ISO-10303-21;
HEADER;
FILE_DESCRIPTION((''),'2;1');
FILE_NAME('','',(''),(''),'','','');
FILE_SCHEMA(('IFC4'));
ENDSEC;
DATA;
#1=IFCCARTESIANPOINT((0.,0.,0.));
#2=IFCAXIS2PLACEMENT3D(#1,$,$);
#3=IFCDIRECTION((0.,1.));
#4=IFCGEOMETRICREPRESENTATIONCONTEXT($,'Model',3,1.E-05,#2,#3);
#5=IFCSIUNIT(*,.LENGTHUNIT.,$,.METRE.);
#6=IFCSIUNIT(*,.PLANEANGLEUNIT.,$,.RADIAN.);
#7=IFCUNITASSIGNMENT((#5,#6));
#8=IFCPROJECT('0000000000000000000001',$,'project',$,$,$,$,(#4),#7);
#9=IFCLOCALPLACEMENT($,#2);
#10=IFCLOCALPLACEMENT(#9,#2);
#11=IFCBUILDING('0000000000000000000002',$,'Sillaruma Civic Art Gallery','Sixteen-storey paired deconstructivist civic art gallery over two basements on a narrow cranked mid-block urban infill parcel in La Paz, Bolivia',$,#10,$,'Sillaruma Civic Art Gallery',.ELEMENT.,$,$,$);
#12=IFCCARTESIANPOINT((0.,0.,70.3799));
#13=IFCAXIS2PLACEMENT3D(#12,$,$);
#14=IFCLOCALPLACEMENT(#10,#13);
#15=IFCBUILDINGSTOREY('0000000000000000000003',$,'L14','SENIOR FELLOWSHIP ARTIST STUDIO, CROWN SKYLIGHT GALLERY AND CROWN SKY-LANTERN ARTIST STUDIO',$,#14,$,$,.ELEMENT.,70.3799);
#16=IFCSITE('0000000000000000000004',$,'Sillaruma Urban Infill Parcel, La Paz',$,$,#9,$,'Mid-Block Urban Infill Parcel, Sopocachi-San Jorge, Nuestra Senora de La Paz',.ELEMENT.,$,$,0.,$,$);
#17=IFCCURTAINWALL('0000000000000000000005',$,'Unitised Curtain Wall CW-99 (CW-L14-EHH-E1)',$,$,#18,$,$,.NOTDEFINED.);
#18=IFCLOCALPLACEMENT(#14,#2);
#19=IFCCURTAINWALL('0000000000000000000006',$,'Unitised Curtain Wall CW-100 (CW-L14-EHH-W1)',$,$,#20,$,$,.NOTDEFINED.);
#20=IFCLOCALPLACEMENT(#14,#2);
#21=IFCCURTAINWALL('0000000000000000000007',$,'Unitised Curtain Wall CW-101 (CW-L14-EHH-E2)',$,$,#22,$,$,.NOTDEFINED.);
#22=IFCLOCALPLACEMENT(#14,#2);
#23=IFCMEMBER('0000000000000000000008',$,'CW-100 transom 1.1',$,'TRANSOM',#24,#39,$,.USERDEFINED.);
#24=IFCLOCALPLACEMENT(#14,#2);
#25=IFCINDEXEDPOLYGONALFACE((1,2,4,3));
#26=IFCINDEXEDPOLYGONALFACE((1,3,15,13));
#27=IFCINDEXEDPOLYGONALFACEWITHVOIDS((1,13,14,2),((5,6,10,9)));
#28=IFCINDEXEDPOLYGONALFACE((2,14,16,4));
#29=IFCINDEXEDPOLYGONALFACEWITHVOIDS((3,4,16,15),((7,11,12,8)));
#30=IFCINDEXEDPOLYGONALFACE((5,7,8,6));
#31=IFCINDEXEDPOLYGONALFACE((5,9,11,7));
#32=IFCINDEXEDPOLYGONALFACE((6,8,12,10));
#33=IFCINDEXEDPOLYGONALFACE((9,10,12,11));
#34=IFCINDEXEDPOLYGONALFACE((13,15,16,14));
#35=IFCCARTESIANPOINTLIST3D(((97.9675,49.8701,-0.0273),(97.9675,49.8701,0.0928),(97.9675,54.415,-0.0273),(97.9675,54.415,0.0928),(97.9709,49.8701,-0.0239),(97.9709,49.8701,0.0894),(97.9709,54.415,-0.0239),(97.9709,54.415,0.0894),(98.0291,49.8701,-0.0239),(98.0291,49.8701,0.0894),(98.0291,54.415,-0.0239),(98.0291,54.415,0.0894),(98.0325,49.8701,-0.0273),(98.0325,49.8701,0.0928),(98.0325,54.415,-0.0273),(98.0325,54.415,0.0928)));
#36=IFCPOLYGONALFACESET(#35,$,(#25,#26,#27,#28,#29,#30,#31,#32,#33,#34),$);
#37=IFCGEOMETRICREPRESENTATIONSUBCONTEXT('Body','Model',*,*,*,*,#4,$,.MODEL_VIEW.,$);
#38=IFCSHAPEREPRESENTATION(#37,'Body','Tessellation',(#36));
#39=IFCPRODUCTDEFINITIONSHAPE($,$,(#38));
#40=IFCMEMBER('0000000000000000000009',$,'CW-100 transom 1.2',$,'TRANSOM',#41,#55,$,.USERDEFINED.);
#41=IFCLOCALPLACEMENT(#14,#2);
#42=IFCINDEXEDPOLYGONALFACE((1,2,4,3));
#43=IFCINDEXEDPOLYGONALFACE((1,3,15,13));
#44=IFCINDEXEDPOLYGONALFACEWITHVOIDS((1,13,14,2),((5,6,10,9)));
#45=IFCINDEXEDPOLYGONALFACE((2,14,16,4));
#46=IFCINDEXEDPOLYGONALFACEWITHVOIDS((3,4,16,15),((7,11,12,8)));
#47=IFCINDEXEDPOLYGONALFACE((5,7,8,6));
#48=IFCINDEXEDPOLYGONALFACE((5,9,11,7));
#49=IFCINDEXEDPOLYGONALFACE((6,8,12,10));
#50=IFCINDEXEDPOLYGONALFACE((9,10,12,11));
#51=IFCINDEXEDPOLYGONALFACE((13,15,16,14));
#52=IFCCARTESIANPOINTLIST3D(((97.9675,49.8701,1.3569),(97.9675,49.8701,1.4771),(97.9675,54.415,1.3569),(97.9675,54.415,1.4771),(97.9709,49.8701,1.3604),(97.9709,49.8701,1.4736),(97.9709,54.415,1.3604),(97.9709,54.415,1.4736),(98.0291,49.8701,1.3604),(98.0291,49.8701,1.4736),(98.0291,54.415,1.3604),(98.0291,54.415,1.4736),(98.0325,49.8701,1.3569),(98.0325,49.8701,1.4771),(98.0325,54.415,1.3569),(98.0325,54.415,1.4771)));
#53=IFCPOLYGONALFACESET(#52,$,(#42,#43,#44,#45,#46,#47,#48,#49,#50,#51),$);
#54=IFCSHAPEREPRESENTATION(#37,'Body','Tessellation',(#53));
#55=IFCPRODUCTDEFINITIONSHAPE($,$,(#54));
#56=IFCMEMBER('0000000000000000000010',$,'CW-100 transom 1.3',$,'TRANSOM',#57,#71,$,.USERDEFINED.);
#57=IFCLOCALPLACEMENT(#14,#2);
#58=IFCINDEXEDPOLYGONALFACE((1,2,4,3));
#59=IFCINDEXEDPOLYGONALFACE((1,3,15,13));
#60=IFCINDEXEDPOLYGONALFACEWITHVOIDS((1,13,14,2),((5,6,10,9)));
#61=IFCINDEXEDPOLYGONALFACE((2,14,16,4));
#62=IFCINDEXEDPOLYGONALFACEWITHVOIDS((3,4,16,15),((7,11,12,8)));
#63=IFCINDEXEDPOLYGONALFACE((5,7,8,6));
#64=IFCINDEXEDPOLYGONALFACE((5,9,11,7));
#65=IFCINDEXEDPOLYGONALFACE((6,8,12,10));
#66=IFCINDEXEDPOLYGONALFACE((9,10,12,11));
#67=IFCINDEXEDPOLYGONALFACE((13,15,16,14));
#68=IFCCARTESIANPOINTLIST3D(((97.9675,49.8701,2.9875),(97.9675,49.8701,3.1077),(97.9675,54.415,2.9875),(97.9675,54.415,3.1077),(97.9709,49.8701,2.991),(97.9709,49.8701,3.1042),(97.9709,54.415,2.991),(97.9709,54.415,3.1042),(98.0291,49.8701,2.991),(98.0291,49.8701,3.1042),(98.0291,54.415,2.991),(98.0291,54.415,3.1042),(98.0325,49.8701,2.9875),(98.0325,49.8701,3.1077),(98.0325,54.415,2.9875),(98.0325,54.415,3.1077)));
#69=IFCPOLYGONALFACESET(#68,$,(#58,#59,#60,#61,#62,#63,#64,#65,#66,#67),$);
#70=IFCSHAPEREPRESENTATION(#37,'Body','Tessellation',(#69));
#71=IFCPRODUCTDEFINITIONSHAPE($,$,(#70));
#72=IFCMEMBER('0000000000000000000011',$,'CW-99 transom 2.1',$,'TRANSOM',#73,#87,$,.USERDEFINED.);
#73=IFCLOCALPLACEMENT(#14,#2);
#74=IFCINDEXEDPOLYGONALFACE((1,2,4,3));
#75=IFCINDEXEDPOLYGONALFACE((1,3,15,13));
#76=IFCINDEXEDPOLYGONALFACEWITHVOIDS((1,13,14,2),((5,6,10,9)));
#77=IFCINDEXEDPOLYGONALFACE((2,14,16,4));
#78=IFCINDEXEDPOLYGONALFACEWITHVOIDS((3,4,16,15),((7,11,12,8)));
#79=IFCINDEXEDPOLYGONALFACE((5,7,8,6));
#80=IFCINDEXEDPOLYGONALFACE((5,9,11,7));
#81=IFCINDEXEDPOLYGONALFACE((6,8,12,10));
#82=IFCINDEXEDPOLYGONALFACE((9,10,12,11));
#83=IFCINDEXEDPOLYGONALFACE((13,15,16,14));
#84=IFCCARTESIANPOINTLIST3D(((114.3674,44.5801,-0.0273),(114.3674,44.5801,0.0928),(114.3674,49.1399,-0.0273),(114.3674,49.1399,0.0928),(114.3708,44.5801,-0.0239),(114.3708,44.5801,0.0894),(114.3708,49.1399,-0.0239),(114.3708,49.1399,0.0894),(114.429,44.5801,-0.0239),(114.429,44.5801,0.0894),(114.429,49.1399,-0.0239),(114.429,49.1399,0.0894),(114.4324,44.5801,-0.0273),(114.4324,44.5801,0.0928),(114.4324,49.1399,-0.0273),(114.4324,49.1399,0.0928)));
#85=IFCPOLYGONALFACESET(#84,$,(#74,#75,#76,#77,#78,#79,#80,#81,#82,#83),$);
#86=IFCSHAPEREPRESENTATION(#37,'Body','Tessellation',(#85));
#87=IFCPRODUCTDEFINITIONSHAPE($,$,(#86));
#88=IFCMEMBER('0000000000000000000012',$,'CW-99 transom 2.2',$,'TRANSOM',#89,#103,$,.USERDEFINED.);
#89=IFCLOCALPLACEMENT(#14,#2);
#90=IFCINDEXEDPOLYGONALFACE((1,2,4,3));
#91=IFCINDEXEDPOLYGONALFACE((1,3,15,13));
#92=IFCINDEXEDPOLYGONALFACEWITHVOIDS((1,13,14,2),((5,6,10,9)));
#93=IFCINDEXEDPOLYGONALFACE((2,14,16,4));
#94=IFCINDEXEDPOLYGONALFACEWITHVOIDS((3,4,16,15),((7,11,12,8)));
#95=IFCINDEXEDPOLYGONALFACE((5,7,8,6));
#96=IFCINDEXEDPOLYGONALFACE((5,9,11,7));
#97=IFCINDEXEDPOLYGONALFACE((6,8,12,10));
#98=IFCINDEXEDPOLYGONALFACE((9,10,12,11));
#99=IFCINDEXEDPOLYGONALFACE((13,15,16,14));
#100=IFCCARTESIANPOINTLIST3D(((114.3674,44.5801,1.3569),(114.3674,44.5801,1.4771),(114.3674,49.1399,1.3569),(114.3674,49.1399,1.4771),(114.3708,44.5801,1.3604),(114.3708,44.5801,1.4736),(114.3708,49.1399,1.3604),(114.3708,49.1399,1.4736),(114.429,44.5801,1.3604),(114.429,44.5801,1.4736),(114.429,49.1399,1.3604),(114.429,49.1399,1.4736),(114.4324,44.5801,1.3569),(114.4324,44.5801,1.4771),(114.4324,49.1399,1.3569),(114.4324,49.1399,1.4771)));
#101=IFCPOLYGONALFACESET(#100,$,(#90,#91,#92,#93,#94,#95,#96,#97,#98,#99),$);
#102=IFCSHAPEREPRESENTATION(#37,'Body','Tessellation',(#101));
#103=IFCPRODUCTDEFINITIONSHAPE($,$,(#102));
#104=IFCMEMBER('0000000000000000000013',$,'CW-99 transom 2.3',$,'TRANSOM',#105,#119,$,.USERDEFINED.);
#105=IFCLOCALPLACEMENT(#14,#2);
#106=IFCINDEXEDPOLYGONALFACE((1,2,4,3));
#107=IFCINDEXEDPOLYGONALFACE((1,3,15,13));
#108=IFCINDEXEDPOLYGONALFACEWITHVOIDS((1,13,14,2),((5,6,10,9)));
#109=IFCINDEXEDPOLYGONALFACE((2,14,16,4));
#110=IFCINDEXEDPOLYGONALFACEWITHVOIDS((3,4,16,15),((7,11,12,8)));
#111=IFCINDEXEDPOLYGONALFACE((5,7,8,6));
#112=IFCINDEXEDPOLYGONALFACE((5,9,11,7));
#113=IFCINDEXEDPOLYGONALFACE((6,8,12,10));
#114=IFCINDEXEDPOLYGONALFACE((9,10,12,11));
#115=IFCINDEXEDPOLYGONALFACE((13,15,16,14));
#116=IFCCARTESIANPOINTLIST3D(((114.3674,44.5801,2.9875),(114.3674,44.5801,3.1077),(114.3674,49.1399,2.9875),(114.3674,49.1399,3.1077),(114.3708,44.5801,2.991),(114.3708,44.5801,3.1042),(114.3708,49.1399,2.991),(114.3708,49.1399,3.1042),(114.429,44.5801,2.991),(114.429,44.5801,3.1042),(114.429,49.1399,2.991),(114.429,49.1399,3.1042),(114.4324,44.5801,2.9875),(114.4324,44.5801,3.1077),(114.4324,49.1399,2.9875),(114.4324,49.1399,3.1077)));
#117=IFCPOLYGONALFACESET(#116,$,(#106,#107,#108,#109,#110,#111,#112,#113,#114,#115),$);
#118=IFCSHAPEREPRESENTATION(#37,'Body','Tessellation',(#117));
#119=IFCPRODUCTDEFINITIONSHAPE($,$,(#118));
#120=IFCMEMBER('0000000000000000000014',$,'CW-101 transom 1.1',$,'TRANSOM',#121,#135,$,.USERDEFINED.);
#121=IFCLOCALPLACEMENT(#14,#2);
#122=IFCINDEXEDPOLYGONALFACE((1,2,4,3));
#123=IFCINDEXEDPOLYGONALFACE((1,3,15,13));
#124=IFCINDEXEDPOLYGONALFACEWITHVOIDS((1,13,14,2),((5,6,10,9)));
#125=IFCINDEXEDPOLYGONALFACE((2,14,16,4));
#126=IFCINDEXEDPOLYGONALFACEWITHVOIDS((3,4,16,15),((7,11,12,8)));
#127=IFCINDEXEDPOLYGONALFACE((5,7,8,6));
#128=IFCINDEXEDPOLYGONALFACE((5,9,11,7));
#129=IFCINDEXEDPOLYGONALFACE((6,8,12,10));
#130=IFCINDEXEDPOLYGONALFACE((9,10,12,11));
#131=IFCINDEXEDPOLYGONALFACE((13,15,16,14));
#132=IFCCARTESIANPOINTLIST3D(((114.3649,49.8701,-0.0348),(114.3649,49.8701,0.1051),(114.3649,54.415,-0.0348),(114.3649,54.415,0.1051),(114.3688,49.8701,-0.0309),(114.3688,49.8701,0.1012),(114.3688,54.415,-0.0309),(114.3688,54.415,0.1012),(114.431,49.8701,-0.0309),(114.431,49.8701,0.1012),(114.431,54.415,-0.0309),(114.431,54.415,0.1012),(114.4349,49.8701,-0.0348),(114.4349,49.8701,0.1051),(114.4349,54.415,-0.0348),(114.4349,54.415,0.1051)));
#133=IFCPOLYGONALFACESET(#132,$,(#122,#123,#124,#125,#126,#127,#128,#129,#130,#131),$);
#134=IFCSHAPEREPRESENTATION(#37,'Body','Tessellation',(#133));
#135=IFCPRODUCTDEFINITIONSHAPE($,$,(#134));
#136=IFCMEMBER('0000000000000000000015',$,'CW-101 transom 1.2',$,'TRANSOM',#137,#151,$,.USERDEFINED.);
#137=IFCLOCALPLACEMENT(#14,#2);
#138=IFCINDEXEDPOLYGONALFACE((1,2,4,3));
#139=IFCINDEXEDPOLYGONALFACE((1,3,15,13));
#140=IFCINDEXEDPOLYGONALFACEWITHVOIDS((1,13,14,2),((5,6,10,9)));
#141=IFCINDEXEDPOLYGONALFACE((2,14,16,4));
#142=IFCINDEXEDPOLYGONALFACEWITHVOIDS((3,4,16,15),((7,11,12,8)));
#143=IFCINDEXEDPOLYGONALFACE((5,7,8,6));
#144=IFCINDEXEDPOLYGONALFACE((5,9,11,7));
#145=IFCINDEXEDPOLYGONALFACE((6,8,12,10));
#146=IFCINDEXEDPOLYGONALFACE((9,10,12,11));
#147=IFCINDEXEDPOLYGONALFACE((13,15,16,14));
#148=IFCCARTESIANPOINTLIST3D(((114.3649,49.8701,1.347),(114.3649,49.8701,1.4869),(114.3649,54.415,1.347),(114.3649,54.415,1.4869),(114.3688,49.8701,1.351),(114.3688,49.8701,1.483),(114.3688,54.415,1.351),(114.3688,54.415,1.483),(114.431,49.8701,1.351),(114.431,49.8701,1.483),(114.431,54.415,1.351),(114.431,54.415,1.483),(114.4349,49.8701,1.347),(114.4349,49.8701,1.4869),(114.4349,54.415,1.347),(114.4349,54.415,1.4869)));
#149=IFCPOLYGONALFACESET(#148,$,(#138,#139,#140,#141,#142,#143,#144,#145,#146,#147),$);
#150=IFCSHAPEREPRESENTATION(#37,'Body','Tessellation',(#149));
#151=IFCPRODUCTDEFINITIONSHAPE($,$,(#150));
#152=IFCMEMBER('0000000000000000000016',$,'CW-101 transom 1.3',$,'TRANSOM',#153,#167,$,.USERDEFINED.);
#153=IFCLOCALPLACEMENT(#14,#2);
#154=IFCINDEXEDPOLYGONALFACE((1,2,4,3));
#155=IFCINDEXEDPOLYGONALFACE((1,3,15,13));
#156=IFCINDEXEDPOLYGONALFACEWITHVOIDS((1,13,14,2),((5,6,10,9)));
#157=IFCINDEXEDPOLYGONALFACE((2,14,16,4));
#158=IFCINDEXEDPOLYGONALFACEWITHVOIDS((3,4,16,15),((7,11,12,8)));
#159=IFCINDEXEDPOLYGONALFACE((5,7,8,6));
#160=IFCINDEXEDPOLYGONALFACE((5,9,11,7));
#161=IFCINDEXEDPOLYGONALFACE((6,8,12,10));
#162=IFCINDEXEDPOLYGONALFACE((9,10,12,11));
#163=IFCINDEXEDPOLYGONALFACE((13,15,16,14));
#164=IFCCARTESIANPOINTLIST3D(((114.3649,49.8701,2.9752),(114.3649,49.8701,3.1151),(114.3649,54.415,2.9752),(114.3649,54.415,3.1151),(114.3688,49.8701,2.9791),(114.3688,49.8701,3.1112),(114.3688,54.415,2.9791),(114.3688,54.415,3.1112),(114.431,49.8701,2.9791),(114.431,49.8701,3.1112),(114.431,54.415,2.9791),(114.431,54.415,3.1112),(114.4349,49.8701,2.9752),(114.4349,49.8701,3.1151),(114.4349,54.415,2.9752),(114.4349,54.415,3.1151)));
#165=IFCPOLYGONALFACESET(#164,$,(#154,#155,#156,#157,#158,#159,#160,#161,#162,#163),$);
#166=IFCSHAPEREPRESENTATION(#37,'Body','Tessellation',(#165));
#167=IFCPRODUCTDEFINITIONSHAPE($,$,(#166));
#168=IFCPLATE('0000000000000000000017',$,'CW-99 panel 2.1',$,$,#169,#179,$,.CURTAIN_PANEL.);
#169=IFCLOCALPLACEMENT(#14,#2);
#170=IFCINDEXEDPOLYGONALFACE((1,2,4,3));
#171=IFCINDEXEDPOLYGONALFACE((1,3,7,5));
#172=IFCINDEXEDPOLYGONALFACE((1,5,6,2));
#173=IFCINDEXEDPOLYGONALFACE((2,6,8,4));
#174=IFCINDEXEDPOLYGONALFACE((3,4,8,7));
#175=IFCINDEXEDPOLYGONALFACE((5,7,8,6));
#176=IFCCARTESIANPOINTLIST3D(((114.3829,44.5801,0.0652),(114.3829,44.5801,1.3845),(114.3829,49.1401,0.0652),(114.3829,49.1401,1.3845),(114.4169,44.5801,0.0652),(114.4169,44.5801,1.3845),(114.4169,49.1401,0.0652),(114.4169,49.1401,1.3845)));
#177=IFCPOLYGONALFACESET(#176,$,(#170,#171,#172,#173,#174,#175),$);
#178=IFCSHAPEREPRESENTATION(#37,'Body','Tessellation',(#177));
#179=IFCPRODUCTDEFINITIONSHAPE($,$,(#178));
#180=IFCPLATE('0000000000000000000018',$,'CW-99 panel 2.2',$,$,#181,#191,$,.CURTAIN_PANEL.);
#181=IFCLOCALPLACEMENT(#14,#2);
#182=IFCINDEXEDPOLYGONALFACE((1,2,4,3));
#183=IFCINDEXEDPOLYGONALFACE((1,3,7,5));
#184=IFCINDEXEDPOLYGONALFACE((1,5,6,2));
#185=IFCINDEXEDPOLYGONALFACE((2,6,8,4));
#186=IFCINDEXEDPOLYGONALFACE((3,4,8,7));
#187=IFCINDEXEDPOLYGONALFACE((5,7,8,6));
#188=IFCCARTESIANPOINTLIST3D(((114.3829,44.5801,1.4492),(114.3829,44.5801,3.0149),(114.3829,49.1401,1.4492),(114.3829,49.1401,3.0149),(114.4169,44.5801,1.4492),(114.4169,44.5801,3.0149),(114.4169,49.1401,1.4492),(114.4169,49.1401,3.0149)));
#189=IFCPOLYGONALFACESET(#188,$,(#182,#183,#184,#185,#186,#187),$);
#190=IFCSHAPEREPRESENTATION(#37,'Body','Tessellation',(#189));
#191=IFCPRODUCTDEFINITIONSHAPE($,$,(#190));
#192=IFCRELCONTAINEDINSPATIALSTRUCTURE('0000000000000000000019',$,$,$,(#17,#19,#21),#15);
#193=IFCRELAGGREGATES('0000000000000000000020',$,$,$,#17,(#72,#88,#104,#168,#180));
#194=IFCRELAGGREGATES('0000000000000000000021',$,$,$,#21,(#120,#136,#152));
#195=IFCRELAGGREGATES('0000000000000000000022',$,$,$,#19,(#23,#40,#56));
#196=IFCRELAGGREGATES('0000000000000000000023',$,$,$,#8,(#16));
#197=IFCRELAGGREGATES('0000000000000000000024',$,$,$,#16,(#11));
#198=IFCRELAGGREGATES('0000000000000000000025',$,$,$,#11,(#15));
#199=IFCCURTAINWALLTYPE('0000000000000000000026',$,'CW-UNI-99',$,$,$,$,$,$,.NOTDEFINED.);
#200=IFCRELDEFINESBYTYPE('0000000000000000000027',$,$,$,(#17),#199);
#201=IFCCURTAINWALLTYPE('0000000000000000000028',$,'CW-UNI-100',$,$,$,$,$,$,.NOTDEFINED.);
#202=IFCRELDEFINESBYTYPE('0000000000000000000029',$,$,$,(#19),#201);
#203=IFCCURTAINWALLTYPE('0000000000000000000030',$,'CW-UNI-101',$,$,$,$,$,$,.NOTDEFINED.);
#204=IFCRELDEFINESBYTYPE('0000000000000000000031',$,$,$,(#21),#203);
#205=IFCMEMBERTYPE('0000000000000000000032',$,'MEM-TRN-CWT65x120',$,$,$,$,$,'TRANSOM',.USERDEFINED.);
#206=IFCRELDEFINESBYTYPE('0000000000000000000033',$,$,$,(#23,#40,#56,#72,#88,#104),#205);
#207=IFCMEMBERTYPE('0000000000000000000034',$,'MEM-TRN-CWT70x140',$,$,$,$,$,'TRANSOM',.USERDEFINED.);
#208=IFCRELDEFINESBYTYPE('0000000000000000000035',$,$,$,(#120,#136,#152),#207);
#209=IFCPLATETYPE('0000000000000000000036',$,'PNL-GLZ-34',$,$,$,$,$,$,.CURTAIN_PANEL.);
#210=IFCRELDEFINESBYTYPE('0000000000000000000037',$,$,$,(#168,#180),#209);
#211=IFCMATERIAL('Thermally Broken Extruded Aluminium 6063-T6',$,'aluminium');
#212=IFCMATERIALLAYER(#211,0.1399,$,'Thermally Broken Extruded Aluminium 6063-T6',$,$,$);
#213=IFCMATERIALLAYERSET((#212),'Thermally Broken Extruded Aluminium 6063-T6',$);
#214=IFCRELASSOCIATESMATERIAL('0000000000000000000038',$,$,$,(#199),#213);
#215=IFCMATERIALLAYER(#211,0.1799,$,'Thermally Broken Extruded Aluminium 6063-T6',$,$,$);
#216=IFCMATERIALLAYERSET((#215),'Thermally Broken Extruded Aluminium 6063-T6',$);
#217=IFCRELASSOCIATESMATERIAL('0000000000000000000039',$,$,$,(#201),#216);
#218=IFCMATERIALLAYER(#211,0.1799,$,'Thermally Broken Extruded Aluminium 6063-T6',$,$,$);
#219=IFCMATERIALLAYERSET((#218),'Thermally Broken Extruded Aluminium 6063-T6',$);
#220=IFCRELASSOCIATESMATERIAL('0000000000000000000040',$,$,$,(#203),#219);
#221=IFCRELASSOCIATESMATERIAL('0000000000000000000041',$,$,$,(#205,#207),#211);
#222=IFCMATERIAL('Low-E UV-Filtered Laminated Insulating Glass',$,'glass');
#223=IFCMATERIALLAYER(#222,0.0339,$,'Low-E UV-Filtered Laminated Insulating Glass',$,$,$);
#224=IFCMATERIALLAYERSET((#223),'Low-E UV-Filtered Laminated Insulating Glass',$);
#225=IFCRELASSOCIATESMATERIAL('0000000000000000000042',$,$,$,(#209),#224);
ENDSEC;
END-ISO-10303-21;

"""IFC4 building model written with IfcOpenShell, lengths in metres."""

from ifc_helpers import new_model, si_unit, direction, frame, origin, origin_2d, place, context, subcontext, project, spatial, rectangle, hollow_rectangle, extrude, material, layer, layer_set, material_profile, profile_set, type_object, element, aggregate, save


model = new_model("IFC4")

# Units and contexts
model_context = context("Model", 3, precision=1e-05, world=origin(), true_north=direction((0.0, 1.0)))
body_context = subcontext(model_context, "Body", "Model", "MODEL_VIEW")
ifc_project = project(units=[si_unit("LENGTHUNIT", "METRE"), si_unit("PLANEANGLEUNIT", "RADIAN")], contexts=[model_context])

# Site, building, storey
site_placement = place(None, origin())
site = spatial("IfcSite", under=ifc_project, at=site_placement, Name="Sillaruma Urban Infill Parcel, La Paz", LongName="Mid-Block Urban Infill Parcel, Sopocachi-San Jorge, Nuestra Senora de La Paz", CompositionType="ELEMENT", RefElevation=0.0)
building_placement = place(site_placement, origin())
building = spatial("IfcBuilding", under=site, at=building_placement, Name="Sillaruma Civic Art Gallery", Description="Sixteen-storey paired deconstructivist civic art gallery over two basements on a narrow cranked mid-block urban infill parcel in La Paz, Bolivia", LongName="Sillaruma Civic Art Gallery", CompositionType="ELEMENT")
storey_placement = place(building_placement, frame((0.0, 0.0, 70.3799)))
storey = spatial("IfcBuildingStorey", under=building, at=storey_placement, Name="L14", Description="SENIOR FELLOWSHIP ARTIST STUDIO, CROWN SKYLIGHT GALLERY AND CROWN SKY-LANTERN ARTIST STUDIO", CompositionType="ELEMENT", Elevation=70.3799)

# Curtain wall
ifc_material_1 = material(Name="Thermally Broken Extruded Aluminium 6063-T6", Category="aluminium")
ifc_layer_1 = layer(ifc_material_1, 0.1399, Name="Thermally Broken Extruded Aluminium 6063-T6")
ifc_layer_set_1 = layer_set([ifc_layer_1], Name="Thermally Broken Extruded Aluminium 6063-T6")
curtain_wall_type_1 = type_object("IfcCurtainWallType", Name="CW-UNI-99", PredefinedType="NOTDEFINED", material=ifc_layer_set_1)
curtain_wall_1_placement = place(storey_placement, origin())
curtain_wall_1 = element("IfcCurtainWall", 1, at=curtain_wall_1_placement, inside=storey, type_object=curtain_wall_type_1, Name="Unitised Curtain Wall CW-99 (CW-L14-EHH-E1)", PredefinedType="NOTDEFINED")

# Curtain walls
ifc_layer_2 = layer(ifc_material_1, 0.1799, Name="Thermally Broken Extruded Aluminium 6063-T6")
ifc_layer_set_2 = layer_set([ifc_layer_2], Name="Thermally Broken Extruded Aluminium 6063-T6")
curtain_wall_type_2 = type_object("IfcCurtainWallType", Name="CW-UNI-100", PredefinedType="NOTDEFINED", material=ifc_layer_set_2)
curtain_wall_2_placement = place(storey_placement, origin())
curtain_wall_2 = element("IfcCurtainWall", 2, at=curtain_wall_2_placement, inside=storey, type_object=curtain_wall_type_2, Name="Unitised Curtain Wall CW-100 (CW-L14-EHH-W1)", PredefinedType="NOTDEFINED")
ifc_layer_3 = layer(ifc_material_1, 0.1799, Name="Thermally Broken Extruded Aluminium 6063-T6")
ifc_layer_set_3 = layer_set([ifc_layer_3], Name="Thermally Broken Extruded Aluminium 6063-T6")
curtain_wall_type_3 = type_object("IfcCurtainWallType", Name="CW-UNI-101", PredefinedType="NOTDEFINED", material=ifc_layer_set_3)
curtain_wall_3_placement = place(storey_placement, origin())
curtain_wall_3 = element("IfcCurtainWall", 3, at=curtain_wall_3_placement, inside=storey, type_object=curtain_wall_type_3, Name="Unitised Curtain Wall CW-101 (CW-L14-EHH-E2)", PredefinedType="NOTDEFINED")

# Members
ifc_material_profile_1 = material_profile(ifc_material_1, hollow_rectangle(XDim=0.0649, YDim=0.1201, WallThickness=0.0034, at=origin_2d()), Name="CWT65x120")
ifc_profile_set_1 = profile_set([ifc_material_profile_1], Name="Thermally Broken Extruded Aluminium 6063-T6")
member_type_1 = type_object("IfcMemberType", Name="MEM-TRN-CWT65x120", ElementType="TRANSOM", PredefinedType="USERDEFINED", material=ifc_profile_set_1)
member_1_placement = place(storey_placement, frame((98.0, 49.8701, 0.0327), z_axis=(0.0, 1.0, 0.0), x_axis=(-1.0, 0.0, 0.0)))
member_1 = element("IfcMember", 4, at=member_1_placement, type_object=member_type_1, Name="CW-100 transom 1.1", ObjectType="TRANSOM", PredefinedType="USERDEFINED", context=body_context, shape_type="SweptSolid", body=[
    extrude(hollow_rectangle(XDim=0.0649, YDim=0.1201, WallThickness=0.0034, at=origin_2d()), origin(), (0.0, 0.0, 1.0), 4.5449),
])
member_2_placement = place(storey_placement, frame((98.0, 49.8701, 1.417), z_axis=(0.0, 1.0, 0.0), x_axis=(-1.0, 0.0, 0.0)))
member_2 = element("IfcMember", 5, at=member_2_placement, type_object=member_type_1, Name="CW-100 transom 1.2", ObjectType="TRANSOM", PredefinedType="USERDEFINED", context=body_context, shape_type="SweptSolid", body=[
    extrude(hollow_rectangle(XDim=0.0649, YDim=0.1201, WallThickness=0.0034, at=origin_2d()), origin(), (0.0, 0.0, 1.0), 4.5449),
])
member_3_placement = place(storey_placement, frame((98.0, 49.8701, 3.0476), z_axis=(0.0, 1.0, 0.0), x_axis=(-1.0, 0.0, 0.0)))
member_3 = element("IfcMember", 6, at=member_3_placement, type_object=member_type_1, Name="CW-100 transom 1.3", ObjectType="TRANSOM", PredefinedType="USERDEFINED", context=body_context, shape_type="SweptSolid", body=[
    extrude(hollow_rectangle(XDim=0.0649, YDim=0.1201, WallThickness=0.0034, at=origin_2d()), origin(), (0.0, 0.0, 1.0), 4.5449),
])
member_4_placement = place(storey_placement, frame((114.3999, 44.5801, 0.0327), z_axis=(0.0, 1.0, 0.0), x_axis=(-1.0, 0.0, 0.0)))
member_4 = element("IfcMember", 7, at=member_4_placement, type_object=member_type_1, Name="CW-99 transom 2.1", ObjectType="TRANSOM", PredefinedType="USERDEFINED", context=body_context, shape_type="SweptSolid", body=[
    extrude(hollow_rectangle(XDim=0.0649, YDim=0.1201, WallThickness=0.0034, at=origin_2d()), origin(), (0.0, 0.0, 1.0), 4.5598),
])
member_5_placement = place(storey_placement, frame((114.3999, 44.5801, 1.417), z_axis=(0.0, 1.0, 0.0), x_axis=(-1.0, 0.0, 0.0)))
member_5 = element("IfcMember", 8, at=member_5_placement, type_object=member_type_1, Name="CW-99 transom 2.2", ObjectType="TRANSOM", PredefinedType="USERDEFINED", context=body_context, shape_type="SweptSolid", body=[
    extrude(hollow_rectangle(XDim=0.0649, YDim=0.1201, WallThickness=0.0034, at=origin_2d()), origin(), (0.0, 0.0, 1.0), 4.5598),
])
member_6_placement = place(storey_placement, frame((114.3999, 44.5801, 3.0476), z_axis=(0.0, 1.0, 0.0), x_axis=(-1.0, 0.0, 0.0)))
member_6 = element("IfcMember", 9, at=member_6_placement, type_object=member_type_1, Name="CW-99 transom 2.3", ObjectType="TRANSOM", PredefinedType="USERDEFINED", context=body_context, shape_type="SweptSolid", body=[
    extrude(hollow_rectangle(XDim=0.0649, YDim=0.1201, WallThickness=0.0034, at=origin_2d()), origin(), (0.0, 0.0, 1.0), 4.5598),
])
ifc_material_profile_2 = material_profile(ifc_material_1, hollow_rectangle(XDim=0.0701, YDim=0.1399, WallThickness=0.0039, at=origin_2d()), Name="CWT70x140")
ifc_profile_set_2 = profile_set([ifc_material_profile_2], Name="Thermally Broken Extruded Aluminium 6063-T6")
member_type_2 = type_object("IfcMemberType", Name="MEM-TRN-CWT70x140", ElementType="TRANSOM", PredefinedType="USERDEFINED", material=ifc_profile_set_2)
member_7_placement = place(storey_placement, frame((114.3999, 49.8701, 0.0352), z_axis=(0.0, 1.0, 0.0), x_axis=(-1.0, 0.0, 0.0)))
member_7 = element("IfcMember", 10, at=member_7_placement, type_object=member_type_2, Name="CW-101 transom 1.1", ObjectType="TRANSOM", PredefinedType="USERDEFINED", context=body_context, shape_type="SweptSolid", body=[
    extrude(hollow_rectangle(XDim=0.0701, YDim=0.1399, WallThickness=0.0039, at=origin_2d()), origin(), (0.0, 0.0, 1.0), 4.5449),
])
member_8_placement = place(storey_placement, frame((114.3999, 49.8701, 1.417), z_axis=(0.0, 1.0, 0.0), x_axis=(-1.0, 0.0, 0.0)))
member_8 = element("IfcMember", 11, at=member_8_placement, type_object=member_type_2, Name="CW-101 transom 1.2", ObjectType="TRANSOM", PredefinedType="USERDEFINED", context=body_context, shape_type="SweptSolid", body=[
    extrude(hollow_rectangle(XDim=0.0701, YDim=0.1399, WallThickness=0.0039, at=origin_2d()), origin(), (0.0, 0.0, 1.0), 4.5449),
])
member_9_placement = place(storey_placement, frame((114.3999, 49.8701, 3.0452), z_axis=(0.0, 1.0, 0.0), x_axis=(-1.0, 0.0, 0.0)))
member_9 = element("IfcMember", 12, at=member_9_placement, type_object=member_type_2, Name="CW-101 transom 1.3", ObjectType="TRANSOM", PredefinedType="USERDEFINED", context=body_context, shape_type="SweptSolid", body=[
    extrude(hollow_rectangle(XDim=0.0701, YDim=0.1399, WallThickness=0.0039, at=origin_2d()), origin(), (0.0, 0.0, 1.0), 4.5449),
])

# Plates
ifc_material_2 = material(Name="Low-E UV-Filtered Laminated Insulating Glass", Category="glass")
ifc_layer_4 = layer(ifc_material_2, 0.0339, Name="Low-E UV-Filtered Laminated Insulating Glass")
ifc_layer_set_4 = layer_set([ifc_layer_4], Name="Low-E UV-Filtered Laminated Insulating Glass")
plate_type_1 = type_object("IfcPlateType", Name="PNL-GLZ-34", PredefinedType="CURTAIN_PANEL", material=ifc_layer_set_4)
plate_1_placement = place(storey_placement, frame((114.3999, 46.8601, 0.0652), z_axis=(0.0, 0.0, 1.0), x_axis=(0.0, 1.0, 0.0)))
plate_1 = element("IfcPlate", 13, at=plate_1_placement, type_object=plate_type_1, Name="CW-99 panel 2.1", PredefinedType="CURTAIN_PANEL", context=body_context, shape_type="SweptSolid", body=[
    extrude(rectangle(XDim=4.5601, YDim=0.0339, at=origin_2d()), origin(), (0.0, 0.0, 1.0), 1.3193),
])
plate_2_placement = place(storey_placement, frame((114.3999, 46.8601, 1.4492), z_axis=(0.0, 0.0, 1.0), x_axis=(0.0, 1.0, 0.0)))
plate_2 = element("IfcPlate", 14, at=plate_2_placement, type_object=plate_type_1, Name="CW-99 panel 2.2", PredefinedType="CURTAIN_PANEL", context=body_context, shape_type="SweptSolid", body=[
    extrude(rectangle(XDim=4.5601, YDim=0.0339, at=origin_2d()), origin(), (0.0, 0.0, 1.0), 1.5657),
])
aggregate(curtain_wall_1, [member_4, member_5, member_6, plate_1, plate_2])
aggregate(curtain_wall_3, [member_7, member_8, member_9])
aggregate(curtain_wall_2, [member_1, member_2, member_3])

save(model, "model.ifc")
